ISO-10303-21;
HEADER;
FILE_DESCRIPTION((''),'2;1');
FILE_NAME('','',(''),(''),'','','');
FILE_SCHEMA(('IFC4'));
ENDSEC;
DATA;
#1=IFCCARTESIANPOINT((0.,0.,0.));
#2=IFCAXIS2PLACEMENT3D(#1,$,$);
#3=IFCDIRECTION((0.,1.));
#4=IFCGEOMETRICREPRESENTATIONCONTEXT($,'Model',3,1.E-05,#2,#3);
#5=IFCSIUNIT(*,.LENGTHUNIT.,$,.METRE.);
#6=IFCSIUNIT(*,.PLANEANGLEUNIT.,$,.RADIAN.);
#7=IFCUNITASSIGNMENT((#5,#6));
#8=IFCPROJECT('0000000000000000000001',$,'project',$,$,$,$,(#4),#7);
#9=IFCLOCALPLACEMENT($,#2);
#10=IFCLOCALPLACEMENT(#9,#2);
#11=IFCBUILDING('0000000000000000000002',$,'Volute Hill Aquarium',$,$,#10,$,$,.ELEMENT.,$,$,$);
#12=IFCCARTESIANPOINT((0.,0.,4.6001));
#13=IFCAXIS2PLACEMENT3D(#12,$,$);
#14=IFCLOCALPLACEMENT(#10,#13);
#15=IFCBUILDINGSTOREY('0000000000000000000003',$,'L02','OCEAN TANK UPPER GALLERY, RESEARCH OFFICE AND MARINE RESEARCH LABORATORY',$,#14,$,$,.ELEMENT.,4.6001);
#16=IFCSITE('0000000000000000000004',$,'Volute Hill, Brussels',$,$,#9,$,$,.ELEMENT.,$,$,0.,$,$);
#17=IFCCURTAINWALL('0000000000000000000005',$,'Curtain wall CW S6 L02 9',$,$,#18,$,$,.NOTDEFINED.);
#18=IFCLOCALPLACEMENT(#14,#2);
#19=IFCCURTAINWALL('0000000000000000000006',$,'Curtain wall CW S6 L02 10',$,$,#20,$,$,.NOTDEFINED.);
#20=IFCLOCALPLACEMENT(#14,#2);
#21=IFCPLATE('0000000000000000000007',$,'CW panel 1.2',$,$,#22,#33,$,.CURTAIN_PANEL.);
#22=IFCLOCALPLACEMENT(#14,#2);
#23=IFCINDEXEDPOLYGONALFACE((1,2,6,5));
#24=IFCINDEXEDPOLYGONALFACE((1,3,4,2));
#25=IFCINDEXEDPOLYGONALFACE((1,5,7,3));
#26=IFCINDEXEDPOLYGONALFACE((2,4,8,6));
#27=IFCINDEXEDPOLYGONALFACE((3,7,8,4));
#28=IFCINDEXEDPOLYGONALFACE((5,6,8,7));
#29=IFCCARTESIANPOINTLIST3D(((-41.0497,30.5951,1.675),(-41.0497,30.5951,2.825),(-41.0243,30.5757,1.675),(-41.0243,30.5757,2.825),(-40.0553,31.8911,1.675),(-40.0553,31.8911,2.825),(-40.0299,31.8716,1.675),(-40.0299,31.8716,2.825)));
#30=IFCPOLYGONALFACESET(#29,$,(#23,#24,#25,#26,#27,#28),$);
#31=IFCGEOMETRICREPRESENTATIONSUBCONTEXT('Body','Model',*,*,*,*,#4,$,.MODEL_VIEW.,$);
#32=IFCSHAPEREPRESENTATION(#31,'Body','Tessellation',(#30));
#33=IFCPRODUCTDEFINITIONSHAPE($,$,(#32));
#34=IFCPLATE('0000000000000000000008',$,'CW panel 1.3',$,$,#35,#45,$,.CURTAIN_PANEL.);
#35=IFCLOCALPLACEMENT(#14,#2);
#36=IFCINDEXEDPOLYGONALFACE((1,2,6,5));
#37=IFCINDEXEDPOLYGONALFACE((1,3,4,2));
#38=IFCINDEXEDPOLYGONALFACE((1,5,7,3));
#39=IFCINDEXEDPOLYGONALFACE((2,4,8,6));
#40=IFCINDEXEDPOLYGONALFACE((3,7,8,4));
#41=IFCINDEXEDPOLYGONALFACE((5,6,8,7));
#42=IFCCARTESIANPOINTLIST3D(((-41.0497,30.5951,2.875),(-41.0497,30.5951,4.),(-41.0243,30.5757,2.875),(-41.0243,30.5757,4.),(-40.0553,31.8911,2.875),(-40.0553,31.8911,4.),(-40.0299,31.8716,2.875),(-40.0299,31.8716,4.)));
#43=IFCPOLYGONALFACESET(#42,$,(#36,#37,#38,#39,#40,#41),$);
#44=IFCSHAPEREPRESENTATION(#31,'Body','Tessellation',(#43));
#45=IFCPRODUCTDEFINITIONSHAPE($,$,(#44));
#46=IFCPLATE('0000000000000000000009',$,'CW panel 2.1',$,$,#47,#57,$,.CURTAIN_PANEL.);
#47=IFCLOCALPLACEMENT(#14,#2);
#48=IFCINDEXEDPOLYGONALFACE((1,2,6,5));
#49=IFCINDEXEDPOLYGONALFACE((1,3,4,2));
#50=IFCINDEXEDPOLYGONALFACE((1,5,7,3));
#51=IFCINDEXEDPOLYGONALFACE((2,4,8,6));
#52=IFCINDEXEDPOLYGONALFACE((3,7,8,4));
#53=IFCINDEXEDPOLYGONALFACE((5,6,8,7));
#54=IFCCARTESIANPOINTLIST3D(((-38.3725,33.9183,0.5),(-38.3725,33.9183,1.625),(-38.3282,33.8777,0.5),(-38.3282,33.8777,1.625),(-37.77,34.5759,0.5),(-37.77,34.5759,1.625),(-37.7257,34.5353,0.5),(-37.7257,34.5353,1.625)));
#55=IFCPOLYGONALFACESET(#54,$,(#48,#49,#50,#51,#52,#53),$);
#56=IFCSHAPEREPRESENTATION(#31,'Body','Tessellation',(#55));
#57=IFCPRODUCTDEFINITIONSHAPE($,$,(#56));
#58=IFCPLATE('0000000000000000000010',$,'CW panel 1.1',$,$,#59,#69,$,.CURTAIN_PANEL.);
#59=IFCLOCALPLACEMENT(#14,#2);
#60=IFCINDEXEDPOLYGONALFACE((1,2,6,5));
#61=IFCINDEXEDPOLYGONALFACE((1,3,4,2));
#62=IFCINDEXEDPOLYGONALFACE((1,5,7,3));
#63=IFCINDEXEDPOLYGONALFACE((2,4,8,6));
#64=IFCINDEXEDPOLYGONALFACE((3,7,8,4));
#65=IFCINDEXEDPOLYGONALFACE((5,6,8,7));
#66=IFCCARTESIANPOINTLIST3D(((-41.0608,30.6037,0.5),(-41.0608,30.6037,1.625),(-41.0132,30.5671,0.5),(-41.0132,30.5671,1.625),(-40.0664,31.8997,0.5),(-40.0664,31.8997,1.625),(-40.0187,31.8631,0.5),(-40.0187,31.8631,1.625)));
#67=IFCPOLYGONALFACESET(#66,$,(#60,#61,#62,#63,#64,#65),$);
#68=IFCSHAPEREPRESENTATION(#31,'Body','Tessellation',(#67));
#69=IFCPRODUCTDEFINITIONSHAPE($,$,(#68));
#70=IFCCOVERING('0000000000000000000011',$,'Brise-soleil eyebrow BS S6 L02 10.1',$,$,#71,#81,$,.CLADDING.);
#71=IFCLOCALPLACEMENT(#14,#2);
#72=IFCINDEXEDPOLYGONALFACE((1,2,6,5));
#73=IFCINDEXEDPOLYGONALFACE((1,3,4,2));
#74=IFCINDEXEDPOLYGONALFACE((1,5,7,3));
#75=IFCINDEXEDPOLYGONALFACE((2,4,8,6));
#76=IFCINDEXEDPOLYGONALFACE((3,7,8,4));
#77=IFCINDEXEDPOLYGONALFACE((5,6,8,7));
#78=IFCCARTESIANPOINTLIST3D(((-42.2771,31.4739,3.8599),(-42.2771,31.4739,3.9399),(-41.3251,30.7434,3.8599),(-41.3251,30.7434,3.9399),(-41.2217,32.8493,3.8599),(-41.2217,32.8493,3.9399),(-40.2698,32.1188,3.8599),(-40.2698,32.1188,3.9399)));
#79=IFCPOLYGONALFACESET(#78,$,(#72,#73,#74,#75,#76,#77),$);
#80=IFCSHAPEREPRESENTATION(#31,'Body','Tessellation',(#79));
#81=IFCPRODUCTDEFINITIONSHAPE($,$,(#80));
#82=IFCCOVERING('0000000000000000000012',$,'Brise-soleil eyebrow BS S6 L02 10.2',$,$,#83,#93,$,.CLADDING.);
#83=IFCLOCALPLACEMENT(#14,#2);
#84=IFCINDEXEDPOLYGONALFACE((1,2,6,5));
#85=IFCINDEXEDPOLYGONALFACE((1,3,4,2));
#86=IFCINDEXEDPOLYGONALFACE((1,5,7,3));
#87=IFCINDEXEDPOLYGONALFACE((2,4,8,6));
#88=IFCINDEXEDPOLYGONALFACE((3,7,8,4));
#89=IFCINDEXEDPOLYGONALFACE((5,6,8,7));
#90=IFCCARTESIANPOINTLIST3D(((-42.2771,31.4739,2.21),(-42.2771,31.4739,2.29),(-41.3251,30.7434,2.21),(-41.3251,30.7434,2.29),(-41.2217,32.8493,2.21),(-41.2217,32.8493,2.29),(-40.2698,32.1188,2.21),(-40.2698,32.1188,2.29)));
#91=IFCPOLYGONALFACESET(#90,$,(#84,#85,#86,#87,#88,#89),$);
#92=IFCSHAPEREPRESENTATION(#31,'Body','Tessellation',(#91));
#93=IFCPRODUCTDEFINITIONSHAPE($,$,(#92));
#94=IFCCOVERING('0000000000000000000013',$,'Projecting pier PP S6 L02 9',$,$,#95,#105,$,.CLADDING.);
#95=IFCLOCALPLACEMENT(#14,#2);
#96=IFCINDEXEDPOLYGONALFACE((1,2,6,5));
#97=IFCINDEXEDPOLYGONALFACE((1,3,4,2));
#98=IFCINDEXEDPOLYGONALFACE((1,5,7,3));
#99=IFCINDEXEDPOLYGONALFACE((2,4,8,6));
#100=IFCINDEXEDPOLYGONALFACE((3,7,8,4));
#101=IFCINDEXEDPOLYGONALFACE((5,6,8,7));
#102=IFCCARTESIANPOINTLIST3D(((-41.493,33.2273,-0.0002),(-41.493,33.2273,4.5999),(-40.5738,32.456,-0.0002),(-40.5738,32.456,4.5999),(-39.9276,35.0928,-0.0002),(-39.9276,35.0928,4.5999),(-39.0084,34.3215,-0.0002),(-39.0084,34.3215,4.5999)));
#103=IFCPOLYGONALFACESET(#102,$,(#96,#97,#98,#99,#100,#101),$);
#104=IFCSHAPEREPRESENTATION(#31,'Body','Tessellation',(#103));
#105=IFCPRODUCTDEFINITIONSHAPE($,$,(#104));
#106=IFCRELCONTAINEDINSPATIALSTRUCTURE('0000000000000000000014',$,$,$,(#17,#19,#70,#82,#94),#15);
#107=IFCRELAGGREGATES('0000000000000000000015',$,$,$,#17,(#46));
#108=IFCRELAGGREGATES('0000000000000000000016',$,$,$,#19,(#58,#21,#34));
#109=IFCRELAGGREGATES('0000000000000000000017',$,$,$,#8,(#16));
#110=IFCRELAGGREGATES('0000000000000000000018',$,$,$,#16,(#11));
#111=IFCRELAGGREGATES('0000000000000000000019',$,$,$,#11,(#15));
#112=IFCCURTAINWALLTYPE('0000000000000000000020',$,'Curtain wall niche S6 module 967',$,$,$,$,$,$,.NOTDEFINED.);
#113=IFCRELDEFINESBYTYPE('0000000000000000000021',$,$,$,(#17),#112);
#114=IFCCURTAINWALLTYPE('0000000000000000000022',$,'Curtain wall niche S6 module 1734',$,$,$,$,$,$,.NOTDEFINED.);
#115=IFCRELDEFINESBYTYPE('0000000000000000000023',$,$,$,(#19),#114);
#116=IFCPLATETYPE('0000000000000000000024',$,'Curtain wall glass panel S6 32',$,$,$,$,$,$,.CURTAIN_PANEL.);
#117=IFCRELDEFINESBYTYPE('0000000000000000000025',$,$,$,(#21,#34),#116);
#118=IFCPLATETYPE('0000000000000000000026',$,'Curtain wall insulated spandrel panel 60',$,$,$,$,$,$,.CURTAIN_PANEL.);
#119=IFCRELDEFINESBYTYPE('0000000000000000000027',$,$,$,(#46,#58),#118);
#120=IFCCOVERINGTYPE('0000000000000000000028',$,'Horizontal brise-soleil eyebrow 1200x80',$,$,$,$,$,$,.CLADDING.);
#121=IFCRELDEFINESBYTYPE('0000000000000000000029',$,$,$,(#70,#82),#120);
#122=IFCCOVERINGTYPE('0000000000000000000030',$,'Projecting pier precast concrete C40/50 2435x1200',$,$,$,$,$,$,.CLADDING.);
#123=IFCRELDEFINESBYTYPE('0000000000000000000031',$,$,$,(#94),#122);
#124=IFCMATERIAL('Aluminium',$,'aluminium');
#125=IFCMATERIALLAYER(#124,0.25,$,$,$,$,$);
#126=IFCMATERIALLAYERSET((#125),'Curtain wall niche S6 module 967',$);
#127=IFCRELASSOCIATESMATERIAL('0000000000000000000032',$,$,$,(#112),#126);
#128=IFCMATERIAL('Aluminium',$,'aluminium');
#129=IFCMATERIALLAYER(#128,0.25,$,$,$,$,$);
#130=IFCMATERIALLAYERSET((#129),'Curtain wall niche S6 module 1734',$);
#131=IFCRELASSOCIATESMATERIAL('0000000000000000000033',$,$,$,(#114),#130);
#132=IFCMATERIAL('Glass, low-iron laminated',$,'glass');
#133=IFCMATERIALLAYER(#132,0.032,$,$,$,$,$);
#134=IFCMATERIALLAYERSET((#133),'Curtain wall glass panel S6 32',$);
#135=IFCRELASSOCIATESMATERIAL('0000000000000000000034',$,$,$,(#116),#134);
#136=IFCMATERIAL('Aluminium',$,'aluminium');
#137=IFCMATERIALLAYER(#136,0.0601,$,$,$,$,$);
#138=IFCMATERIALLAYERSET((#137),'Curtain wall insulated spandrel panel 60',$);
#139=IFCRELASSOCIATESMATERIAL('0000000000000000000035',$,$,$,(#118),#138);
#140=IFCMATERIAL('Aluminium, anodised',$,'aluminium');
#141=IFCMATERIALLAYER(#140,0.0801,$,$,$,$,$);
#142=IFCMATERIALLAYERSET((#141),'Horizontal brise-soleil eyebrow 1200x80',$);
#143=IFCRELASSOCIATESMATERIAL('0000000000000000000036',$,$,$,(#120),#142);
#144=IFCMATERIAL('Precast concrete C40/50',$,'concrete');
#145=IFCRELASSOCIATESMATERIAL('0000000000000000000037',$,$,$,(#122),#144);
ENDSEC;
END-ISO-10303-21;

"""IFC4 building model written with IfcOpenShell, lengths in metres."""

from ifc_helpers import new_model, si_unit, direction, frame, origin, origin_2d, place, context, subcontext, project, spatial, rectangle, extrude, material, layer, layer_set, type_object, element, aggregate, save


model = new_model("IFC4")

# Units and contexts
model_context = context("Model", 3, precision=1e-05, world=origin(), true_north=direction((0.0, 1.0)))
body_context = subcontext(model_context, "Body", "Model", "MODEL_VIEW")
ifc_project = project(units=[si_unit("LENGTHUNIT", "METRE"), si_unit("PLANEANGLEUNIT", "RADIAN")], contexts=[model_context])

# Site, building, storey
site_placement = place(None, origin())
site = spatial("IfcSite", under=ifc_project, at=site_placement, Name="Volute Hill, Brussels", CompositionType="ELEMENT", RefElevation=0.0)
building_placement = place(site_placement, origin())
building = spatial("IfcBuilding", under=site, at=building_placement, Name="Volute Hill Aquarium", CompositionType="ELEMENT")
storey_placement = place(building_placement, frame((0.0, 0.0, 4.6001)))
storey = spatial("IfcBuildingStorey", under=building, at=storey_placement, Name="L02", Description="OCEAN TANK UPPER GALLERY, RESEARCH OFFICE AND MARINE RESEARCH LABORATORY", CompositionType="ELEMENT", Elevation=4.6001)

# Curtain wall
ifc_material_1 = material(Name="Aluminium", Category="aluminium")
ifc_layer_1 = layer(ifc_material_1, 0.25)
ifc_layer_set_1 = layer_set([ifc_layer_1], Name="Curtain wall niche S6 module 967")
curtain_wall_type_1 = type_object("IfcCurtainWallType", Name="Curtain wall niche S6 module 967", PredefinedType="NOTDEFINED", material=ifc_layer_set_1)
curtain_wall_1_placement = place(storey_placement, origin())
curtain_wall_1 = element("IfcCurtainWall", 1, at=curtain_wall_1_placement, inside=storey, type_object=curtain_wall_type_1, Name="Curtain wall CW S6 L02 9", PredefinedType="NOTDEFINED")

# Curtain wall
ifc_material_2 = material(Name="Aluminium", Category="aluminium")
ifc_layer_2 = layer(ifc_material_2, 0.25)
ifc_layer_set_2 = layer_set([ifc_layer_2], Name="Curtain wall niche S6 module 1734")
curtain_wall_type_2 = type_object("IfcCurtainWallType", Name="Curtain wall niche S6 module 1734", PredefinedType="NOTDEFINED", material=ifc_layer_set_2)
curtain_wall_2_placement = place(storey_placement, origin())
curtain_wall_2 = element("IfcCurtainWall", 2, at=curtain_wall_2_placement, inside=storey, type_object=curtain_wall_type_2, Name="Curtain wall CW S6 L02 10", PredefinedType="NOTDEFINED")

# Plates
ifc_material_3 = material(Name="Glass, low-iron laminated", Category="glass")
ifc_layer_3 = layer(ifc_material_3, 0.032)
ifc_layer_set_3 = layer_set([ifc_layer_3], Name="Curtain wall glass panel S6 32")
plate_type_1 = type_object("IfcPlateType", Name="Curtain wall glass panel S6 32", PredefinedType="CURTAIN_PANEL", material=ifc_layer_set_3)
plate_1_placement = place(storey_placement, frame((-40.5398, 31.2334, 1.675), z_axis=(0.0, 0.0, 1.0), x_axis=(-0.608767, -0.793349, 0.0)))
plate_1 = element("IfcPlate", 3, at=plate_1_placement, type_object=plate_type_1, Name="CW panel 1.2", PredefinedType="CURTAIN_PANEL", context=body_context, shape_type="SweptSolid", body=[
    extrude(rectangle(XDim=1.6335, YDim=0.032, at=origin_2d()), origin(), (0.0, 0.0, 1.0), 1.1499),
])
plate_2_placement = place(storey_placement, frame((-40.5398, 31.2334, 2.875), z_axis=(0.0, 0.0, 1.0), x_axis=(-0.608767, -0.793349, 0.0)))
plate_2 = element("IfcPlate", 4, at=plate_2_placement, type_object=plate_type_1, Name="CW panel 1.3", PredefinedType="CURTAIN_PANEL", context=body_context, shape_type="SweptSolid", body=[
    extrude(rectangle(XDim=1.6335, YDim=0.032, at=origin_2d()), origin(), (0.0, 0.0, 1.0), 1.125),
])
ifc_material_4 = material(Name="Aluminium", Category="aluminium")
ifc_layer_4 = layer(ifc_material_4, 0.0601)
ifc_layer_set_4 = layer_set([ifc_layer_4], Name="Curtain wall insulated spandrel panel 60")
plate_type_2 = type_object("IfcPlateType", Name="Curtain wall insulated spandrel panel 60", PredefinedType="CURTAIN_PANEL", material=ifc_layer_set_4)
plate_3_placement = place(storey_placement, frame((-38.0491, 34.2268, 0.5), z_axis=(0.0, 0.0, 1.0), x_axis=(-0.675582, -0.737285, 0.0)))
plate_3 = element("IfcPlate", 5, at=plate_3_placement, type_object=plate_type_2, Name="CW panel 2.1", PredefinedType="CURTAIN_PANEL", context=body_context, shape_type="SweptSolid", body=[
    extrude(rectangle(XDim=0.8918, YDim=0.0601, at=origin_2d()), origin(), (0.0, 0.0, 1.0), 1.125),
])
aggregate(curtain_wall_1, [plate_3])
plate_4_placement = place(storey_placement, frame((-40.5398, 31.2334, 0.5), z_axis=(0.0, 0.0, 1.0), x_axis=(-0.608767, -0.793349, 0.0)))
plate_4 = element("IfcPlate", 6, at=plate_4_placement, type_object=plate_type_2, Name="CW panel 1.1", PredefinedType="CURTAIN_PANEL", context=body_context, shape_type="SweptSolid", body=[
    extrude(rectangle(XDim=1.6335, YDim=0.0601, at=origin_2d()), origin(), (0.0, 0.0, 1.0), 1.125),
])
aggregate(curtain_wall_2, [plate_4, plate_1, plate_2])

# Coverings
ifc_material_5 = material(Name="Aluminium, anodised", Category="aluminium")
ifc_layer_5 = layer(ifc_material_5, 0.0801)
ifc_layer_set_5 = layer_set([ifc_layer_5], Name="Horizontal brise-soleil eyebrow 1200x80")
covering_type_1 = type_object("IfcCoveringType", Name="Horizontal brise-soleil eyebrow 1200x80", PredefinedType="CLADDING", material=ifc_layer_set_5)
for number, where, z_axis, x_axis, name in (
    (7, (-41.2734, 31.7964, 3.8599), (0.0, 0.0, 1.0), (-0.608766, -0.79335, 0.0), "Brise-soleil eyebrow BS S6 L02 10.1"),
    (8, (-41.2734, 31.7964, 2.21), (0.0, 0.0, 1.0), (-0.608766, -0.79335, 0.0), "Brise-soleil eyebrow BS S6 L02 10.2"),
):
    element("IfcCovering", number, at=place(storey_placement, frame(where, z_axis=z_axis, x_axis=x_axis)), inside=storey, type_object=covering_type_1, Name=name, PredefinedType="CLADDING", context=body_context, shape_type="SweptSolid", body=[
        extrude(rectangle(XDim=1.7336, YDim=1.2, at=origin_2d()), origin(), (0.0, 0.0, 1.0), 0.0801),
    ])
ifc_material_6 = material(Name="Precast concrete C40/50", Category="concrete")
covering_type_2 = type_object("IfcCoveringType", Name="Projecting pier precast concrete C40/50 2435x1200", PredefinedType="CLADDING", material=ifc_material_6)
covering_placement = place(storey_placement, frame((-40.2507, 33.7744, -0.0002), z_axis=(0.0, 0.0, 1.0), x_axis=(-0.642788, -0.766044, 0.0)))
element("IfcCovering", 9, at=covering_placement, inside=storey, type_object=covering_type_2, Name="Projecting pier PP S6 L02 9", PredefinedType="CLADDING", context=body_context, shape_type="SweptSolid", body=[
    extrude(rectangle(XDim=2.4353, YDim=1.2, at=origin_2d()), origin(), (0.0, 0.0, 1.0), 4.6001),
])

save(model, "model.ifc")
